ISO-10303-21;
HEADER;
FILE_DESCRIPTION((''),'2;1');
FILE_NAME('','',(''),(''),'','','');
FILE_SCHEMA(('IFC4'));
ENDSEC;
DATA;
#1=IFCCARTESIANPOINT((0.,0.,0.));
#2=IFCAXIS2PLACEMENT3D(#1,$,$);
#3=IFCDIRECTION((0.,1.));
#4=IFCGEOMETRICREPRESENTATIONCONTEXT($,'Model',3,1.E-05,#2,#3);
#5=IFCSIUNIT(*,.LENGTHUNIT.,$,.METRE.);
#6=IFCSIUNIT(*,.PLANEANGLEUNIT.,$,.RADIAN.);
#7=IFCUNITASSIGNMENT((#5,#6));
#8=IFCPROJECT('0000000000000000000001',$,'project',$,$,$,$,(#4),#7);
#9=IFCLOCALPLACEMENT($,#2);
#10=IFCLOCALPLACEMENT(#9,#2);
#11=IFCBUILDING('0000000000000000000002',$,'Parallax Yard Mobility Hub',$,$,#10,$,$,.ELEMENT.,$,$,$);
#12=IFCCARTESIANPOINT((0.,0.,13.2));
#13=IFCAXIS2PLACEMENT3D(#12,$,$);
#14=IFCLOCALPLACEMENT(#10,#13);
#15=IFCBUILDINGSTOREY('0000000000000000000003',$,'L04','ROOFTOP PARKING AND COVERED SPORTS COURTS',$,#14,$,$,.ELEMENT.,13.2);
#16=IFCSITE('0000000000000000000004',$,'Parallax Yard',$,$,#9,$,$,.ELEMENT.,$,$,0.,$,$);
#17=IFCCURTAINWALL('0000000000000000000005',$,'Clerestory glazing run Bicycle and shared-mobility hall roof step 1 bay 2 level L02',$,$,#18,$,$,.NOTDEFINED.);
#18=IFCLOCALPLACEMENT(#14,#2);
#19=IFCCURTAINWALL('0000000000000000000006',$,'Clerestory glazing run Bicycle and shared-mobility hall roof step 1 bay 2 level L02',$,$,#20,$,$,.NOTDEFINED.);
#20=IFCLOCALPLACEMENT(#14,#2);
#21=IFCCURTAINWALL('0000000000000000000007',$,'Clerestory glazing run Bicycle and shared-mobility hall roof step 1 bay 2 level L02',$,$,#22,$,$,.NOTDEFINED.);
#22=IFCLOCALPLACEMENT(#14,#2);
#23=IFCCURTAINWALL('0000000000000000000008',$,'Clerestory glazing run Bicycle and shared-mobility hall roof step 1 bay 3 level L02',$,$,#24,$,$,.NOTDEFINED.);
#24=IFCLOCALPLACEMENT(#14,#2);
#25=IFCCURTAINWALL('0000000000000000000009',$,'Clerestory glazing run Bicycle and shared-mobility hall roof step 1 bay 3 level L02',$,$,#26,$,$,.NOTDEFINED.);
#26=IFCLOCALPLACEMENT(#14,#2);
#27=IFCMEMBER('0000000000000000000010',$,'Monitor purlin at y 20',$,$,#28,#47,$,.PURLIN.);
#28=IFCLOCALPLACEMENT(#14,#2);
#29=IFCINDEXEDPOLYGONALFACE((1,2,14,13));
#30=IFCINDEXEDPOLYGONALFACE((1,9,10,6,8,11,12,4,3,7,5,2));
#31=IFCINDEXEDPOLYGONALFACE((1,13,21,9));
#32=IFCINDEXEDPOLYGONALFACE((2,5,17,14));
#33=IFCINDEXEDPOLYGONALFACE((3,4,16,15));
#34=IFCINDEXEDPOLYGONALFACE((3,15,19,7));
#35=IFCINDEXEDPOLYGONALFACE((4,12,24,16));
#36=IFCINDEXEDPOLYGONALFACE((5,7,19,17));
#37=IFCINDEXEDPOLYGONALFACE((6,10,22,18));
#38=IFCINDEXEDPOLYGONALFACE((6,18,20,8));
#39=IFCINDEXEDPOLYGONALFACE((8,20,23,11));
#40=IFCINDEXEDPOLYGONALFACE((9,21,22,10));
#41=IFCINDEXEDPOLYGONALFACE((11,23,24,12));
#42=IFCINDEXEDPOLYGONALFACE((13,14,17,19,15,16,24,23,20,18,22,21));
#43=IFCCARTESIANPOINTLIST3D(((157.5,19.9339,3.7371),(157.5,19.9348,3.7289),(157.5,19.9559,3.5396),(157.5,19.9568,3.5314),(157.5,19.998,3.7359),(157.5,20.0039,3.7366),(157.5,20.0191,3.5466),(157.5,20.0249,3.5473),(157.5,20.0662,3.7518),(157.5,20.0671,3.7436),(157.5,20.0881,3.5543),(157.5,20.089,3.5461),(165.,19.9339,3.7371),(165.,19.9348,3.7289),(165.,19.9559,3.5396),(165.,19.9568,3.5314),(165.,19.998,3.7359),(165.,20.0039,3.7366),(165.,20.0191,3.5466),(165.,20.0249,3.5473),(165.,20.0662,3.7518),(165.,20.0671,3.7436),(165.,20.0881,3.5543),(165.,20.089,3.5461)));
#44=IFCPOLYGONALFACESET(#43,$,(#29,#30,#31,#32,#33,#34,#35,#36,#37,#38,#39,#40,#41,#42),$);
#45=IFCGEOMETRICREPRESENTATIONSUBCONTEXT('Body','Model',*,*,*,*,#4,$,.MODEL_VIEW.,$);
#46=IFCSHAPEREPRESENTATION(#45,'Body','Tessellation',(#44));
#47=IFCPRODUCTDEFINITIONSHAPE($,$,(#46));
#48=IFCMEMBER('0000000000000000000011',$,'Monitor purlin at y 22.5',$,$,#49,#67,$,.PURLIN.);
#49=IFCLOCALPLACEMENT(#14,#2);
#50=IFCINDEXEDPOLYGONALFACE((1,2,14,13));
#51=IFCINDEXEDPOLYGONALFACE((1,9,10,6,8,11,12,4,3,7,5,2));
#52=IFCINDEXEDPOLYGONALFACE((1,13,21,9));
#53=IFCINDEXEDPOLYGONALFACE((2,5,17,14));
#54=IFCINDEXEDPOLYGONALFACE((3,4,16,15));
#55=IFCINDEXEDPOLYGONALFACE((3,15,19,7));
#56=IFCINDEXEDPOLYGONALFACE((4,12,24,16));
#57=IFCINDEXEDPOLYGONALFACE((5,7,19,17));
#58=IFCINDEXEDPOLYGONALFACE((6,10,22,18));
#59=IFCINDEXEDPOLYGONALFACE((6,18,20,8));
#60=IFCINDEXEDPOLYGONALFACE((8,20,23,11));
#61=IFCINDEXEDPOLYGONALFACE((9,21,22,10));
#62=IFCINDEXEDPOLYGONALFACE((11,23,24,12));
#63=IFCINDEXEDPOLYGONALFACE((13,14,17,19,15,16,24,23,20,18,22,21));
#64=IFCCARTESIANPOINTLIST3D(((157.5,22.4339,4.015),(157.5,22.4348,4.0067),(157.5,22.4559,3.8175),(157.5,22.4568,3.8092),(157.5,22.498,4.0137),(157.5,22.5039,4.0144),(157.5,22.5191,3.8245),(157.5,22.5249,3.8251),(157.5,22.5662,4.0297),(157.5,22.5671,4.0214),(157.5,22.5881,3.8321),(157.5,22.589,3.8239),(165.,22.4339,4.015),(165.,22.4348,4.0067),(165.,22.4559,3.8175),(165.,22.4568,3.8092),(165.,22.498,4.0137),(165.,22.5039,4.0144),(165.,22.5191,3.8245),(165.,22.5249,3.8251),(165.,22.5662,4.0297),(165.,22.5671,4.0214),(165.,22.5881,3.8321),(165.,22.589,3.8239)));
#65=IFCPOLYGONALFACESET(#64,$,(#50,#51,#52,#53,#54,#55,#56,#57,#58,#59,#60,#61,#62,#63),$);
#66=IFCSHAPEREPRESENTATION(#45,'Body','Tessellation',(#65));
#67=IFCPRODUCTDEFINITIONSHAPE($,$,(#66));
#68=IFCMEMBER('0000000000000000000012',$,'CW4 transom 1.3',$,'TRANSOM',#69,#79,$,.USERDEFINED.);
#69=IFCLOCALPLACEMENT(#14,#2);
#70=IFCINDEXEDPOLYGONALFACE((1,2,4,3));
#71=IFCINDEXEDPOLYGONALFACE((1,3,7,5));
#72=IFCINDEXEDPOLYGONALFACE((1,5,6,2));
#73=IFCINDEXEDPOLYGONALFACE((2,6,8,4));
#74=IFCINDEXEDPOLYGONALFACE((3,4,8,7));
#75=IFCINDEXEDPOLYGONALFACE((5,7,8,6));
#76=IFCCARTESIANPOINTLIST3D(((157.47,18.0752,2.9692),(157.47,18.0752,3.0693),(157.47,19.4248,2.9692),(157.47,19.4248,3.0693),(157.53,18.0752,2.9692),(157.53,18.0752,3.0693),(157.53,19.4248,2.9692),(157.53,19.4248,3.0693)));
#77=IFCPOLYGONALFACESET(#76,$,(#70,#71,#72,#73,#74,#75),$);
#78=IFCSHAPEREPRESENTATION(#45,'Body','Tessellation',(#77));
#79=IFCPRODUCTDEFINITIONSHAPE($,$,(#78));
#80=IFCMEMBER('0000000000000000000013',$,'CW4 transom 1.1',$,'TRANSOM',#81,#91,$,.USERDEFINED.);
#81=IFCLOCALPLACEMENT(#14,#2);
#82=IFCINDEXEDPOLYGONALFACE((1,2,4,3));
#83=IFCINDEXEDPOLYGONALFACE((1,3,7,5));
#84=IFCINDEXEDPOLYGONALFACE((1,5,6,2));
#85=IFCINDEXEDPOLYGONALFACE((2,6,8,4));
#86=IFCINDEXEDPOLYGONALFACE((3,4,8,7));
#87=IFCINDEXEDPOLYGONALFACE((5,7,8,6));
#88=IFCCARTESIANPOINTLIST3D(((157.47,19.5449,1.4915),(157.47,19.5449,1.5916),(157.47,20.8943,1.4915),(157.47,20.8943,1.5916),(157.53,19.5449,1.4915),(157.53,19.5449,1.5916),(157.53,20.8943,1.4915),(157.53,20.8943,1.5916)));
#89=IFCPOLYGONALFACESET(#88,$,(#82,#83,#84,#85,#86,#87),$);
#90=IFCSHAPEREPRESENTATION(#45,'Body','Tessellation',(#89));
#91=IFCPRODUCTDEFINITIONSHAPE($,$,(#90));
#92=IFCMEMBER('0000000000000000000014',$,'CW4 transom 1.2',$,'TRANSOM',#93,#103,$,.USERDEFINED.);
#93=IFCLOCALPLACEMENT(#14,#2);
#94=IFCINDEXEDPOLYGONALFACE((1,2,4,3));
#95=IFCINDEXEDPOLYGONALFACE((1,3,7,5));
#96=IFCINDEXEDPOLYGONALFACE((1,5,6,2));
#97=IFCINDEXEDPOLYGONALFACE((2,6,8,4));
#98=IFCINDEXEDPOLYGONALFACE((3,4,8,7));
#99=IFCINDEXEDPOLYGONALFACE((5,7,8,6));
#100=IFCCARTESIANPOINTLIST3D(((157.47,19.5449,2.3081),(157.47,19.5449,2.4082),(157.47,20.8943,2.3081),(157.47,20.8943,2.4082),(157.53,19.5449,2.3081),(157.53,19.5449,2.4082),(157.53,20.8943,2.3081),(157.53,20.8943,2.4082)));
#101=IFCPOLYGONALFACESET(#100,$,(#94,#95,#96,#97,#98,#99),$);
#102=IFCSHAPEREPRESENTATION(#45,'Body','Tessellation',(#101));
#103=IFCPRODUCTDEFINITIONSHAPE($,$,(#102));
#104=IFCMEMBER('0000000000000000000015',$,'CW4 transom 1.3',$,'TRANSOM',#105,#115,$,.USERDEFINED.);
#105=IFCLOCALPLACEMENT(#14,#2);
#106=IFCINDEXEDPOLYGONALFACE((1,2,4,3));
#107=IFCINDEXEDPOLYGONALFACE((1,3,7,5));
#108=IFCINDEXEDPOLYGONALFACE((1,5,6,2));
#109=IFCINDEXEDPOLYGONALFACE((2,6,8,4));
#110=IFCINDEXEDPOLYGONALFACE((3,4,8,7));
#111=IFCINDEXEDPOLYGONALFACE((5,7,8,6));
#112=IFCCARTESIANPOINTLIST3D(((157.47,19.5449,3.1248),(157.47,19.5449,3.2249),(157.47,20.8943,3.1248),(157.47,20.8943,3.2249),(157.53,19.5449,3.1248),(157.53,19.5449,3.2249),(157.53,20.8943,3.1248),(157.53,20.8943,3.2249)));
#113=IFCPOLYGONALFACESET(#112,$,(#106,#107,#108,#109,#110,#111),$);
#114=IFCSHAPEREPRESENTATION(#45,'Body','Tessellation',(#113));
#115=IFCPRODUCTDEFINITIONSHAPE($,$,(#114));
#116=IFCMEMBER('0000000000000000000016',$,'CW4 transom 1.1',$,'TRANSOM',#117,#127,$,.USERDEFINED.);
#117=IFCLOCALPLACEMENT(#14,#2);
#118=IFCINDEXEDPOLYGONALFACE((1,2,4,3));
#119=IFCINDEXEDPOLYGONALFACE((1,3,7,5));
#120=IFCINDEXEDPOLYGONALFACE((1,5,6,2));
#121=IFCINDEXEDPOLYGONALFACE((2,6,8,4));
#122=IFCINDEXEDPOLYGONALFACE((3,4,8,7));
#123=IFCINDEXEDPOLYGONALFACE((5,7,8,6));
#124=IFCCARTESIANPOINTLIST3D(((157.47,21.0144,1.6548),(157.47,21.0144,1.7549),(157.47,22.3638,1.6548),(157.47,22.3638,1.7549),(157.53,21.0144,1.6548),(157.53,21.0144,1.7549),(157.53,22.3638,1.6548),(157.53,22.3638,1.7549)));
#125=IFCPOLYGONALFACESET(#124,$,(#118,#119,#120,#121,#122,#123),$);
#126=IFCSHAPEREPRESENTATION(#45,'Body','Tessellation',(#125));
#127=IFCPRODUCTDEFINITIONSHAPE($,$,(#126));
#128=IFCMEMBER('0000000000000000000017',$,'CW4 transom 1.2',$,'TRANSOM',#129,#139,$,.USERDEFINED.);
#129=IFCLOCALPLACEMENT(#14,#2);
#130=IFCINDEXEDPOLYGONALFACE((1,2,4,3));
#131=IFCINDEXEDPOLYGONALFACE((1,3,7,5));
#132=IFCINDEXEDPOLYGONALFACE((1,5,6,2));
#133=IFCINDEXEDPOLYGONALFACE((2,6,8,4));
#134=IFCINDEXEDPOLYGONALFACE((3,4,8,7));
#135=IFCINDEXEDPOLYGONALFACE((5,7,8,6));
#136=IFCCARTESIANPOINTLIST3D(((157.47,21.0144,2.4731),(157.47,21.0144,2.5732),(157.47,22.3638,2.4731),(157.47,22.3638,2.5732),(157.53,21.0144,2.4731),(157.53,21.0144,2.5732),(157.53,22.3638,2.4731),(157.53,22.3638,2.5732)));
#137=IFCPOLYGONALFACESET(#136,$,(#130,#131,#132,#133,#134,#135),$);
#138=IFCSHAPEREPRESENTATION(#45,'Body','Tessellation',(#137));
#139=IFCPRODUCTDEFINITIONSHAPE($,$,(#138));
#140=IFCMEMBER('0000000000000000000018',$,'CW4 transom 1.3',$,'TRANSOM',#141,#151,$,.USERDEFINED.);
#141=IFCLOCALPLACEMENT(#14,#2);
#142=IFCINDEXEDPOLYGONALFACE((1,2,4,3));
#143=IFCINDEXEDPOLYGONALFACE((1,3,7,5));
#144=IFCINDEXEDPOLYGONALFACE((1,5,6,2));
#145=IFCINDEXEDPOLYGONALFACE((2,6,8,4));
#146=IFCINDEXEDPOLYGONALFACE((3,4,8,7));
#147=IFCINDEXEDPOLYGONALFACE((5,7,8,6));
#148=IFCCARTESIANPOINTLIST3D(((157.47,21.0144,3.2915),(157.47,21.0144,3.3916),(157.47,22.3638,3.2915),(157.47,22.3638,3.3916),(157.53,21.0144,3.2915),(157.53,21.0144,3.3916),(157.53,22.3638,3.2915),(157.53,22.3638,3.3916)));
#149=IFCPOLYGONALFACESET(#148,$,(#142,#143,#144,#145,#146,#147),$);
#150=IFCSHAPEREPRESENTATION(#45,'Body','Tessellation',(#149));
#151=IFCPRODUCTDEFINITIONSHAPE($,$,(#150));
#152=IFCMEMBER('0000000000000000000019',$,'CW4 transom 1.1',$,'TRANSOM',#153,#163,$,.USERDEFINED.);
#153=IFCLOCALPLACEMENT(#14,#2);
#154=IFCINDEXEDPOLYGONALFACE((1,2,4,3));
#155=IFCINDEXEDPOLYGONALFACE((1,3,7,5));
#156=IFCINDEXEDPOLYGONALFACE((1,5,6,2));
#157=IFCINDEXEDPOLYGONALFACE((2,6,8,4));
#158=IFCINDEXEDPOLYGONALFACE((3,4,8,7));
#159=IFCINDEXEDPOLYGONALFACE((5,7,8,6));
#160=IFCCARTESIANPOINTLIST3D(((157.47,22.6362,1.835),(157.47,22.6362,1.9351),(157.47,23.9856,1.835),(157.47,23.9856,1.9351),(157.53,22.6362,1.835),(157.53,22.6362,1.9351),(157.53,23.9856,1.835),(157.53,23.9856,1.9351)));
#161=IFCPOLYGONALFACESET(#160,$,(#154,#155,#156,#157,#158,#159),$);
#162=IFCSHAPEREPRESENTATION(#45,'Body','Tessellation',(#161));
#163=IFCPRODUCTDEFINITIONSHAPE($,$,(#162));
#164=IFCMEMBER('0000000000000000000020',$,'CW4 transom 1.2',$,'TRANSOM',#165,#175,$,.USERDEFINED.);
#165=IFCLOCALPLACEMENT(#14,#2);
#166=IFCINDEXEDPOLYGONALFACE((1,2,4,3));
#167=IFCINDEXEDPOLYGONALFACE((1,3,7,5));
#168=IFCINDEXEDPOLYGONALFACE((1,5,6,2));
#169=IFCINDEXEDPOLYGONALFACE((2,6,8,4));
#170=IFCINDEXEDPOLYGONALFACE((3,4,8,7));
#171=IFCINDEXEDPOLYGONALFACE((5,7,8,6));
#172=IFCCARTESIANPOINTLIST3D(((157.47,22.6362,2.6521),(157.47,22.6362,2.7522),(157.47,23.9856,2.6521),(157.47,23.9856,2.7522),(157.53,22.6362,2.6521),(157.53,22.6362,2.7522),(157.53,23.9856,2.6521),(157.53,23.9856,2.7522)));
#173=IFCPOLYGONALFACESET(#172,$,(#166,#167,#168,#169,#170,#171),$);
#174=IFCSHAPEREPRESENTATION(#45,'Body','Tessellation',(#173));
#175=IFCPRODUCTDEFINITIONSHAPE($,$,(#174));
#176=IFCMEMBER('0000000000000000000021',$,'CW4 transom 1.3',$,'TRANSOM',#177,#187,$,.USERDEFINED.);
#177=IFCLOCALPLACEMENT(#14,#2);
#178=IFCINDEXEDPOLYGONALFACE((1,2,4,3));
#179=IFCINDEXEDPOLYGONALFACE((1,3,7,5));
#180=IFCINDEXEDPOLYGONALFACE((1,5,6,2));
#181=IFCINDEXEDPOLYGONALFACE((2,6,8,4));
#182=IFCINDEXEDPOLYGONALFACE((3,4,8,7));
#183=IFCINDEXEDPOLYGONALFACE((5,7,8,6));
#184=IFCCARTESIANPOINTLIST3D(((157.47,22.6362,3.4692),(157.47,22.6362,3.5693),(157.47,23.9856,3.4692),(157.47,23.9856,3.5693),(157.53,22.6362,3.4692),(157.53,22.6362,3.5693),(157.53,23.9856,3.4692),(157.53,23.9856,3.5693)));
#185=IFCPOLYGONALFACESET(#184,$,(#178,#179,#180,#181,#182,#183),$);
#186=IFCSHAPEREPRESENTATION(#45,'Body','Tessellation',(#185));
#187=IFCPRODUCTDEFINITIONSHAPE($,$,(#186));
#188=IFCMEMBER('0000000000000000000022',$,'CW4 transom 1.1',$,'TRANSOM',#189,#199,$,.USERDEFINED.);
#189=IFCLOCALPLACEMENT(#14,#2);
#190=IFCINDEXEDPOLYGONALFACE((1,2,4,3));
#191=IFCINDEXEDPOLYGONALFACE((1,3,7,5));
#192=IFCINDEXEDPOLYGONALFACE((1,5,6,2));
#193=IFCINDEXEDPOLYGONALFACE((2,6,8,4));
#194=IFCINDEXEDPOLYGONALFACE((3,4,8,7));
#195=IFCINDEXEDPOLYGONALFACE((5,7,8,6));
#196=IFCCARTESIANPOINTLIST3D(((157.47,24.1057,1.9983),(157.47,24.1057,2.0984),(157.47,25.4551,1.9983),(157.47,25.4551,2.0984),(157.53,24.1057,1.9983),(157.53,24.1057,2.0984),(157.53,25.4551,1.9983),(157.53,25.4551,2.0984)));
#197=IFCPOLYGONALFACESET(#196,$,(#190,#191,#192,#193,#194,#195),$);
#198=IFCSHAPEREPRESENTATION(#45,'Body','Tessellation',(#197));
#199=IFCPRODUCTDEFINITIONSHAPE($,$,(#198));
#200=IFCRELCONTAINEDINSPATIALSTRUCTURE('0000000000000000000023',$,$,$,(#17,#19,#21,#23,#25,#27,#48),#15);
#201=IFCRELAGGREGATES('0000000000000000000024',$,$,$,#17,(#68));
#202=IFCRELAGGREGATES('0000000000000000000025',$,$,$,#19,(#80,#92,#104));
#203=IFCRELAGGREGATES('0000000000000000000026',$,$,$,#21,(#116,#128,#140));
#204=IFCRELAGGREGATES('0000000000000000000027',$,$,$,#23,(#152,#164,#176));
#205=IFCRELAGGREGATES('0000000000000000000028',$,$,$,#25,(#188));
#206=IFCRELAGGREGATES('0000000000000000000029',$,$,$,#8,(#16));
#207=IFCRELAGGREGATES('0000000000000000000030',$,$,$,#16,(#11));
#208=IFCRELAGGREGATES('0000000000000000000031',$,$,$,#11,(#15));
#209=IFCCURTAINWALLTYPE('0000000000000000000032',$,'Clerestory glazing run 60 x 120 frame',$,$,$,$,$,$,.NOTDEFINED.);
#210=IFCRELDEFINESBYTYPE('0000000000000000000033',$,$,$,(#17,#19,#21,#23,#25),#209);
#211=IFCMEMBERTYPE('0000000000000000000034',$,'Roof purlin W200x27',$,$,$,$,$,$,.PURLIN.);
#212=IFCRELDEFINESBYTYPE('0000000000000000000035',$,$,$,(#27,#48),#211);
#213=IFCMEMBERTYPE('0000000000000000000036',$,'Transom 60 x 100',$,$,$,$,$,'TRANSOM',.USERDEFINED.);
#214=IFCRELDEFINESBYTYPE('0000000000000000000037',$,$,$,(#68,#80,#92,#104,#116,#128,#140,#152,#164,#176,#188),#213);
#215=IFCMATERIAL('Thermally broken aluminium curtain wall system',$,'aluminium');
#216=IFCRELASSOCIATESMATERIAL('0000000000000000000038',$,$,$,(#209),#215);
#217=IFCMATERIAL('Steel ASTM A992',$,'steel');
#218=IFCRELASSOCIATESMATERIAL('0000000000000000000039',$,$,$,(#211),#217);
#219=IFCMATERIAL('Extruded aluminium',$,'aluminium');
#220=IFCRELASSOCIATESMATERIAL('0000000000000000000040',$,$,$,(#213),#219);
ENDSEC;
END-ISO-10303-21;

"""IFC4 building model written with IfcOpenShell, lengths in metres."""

from ifc_helpers import new_model, si_unit, direction, frame, origin, origin_2d, place, context, subcontext, project, spatial, rectangle, i_section, extrude, material, material_profile, profile_set, type_object, element, aggregate, save


model = new_model("IFC4")

# Units and contexts
model_context = context("Model", 3, precision=1e-05, world=origin(), true_north=direction((0.0, 1.0)))
body_context = subcontext(model_context, "Body", "Model", "MODEL_VIEW")
ifc_project = project(units=[si_unit("LENGTHUNIT", "METRE"), si_unit("PLANEANGLEUNIT", "RADIAN")], contexts=[model_context])

# Site, building, storey
site_placement = place(None, origin())
site = spatial("IfcSite", under=ifc_project, at=site_placement, Name="Parallax Yard", CompositionType="ELEMENT", RefElevation=0.0)
building_placement = place(site_placement, origin())
building = spatial("IfcBuilding", under=site, at=building_placement, Name="Parallax Yard Mobility Hub", CompositionType="ELEMENT")
storey_placement = place(building_placement, frame((0.0, 0.0, 13.2)))
storey = spatial("IfcBuildingStorey", under=building, at=storey_placement, Name="L04", Description="ROOFTOP PARKING AND COVERED SPORTS COURTS", CompositionType="ELEMENT", Elevation=13.2)

# Shared definitions
ifc_material_1 = material(Name="Steel ASTM A992", Category="steel")

# Curtain wall
ifc_material_2 = material(Name="Thermally broken aluminium curtain wall system", Category="aluminium")
curtain_wall_type = type_object("IfcCurtainWallType", Name="Clerestory glazing run 60 x 120 frame", PredefinedType="NOTDEFINED", material=ifc_material_2)
curtain_wall_1_placement = place(storey_placement, origin())
curtain_wall_1 = element("IfcCurtainWall", 1, at=curtain_wall_1_placement, inside=storey, type_object=curtain_wall_type, Name="Clerestory glazing run Bicycle and shared-mobility hall roof step 1 bay 2 level L02", PredefinedType="NOTDEFINED")
ifc_material_3 = material(Name="Extruded aluminium", Category="aluminium")

# Curtain wall
curtain_wall_2_placement = place(storey_placement, origin())
curtain_wall_2 = element("IfcCurtainWall", 2, at=curtain_wall_2_placement, inside=storey, type_object=curtain_wall_type, Name="Clerestory glazing run Bicycle and shared-mobility hall roof step 1 bay 2 level L02", PredefinedType="NOTDEFINED")

# Curtain walls
curtain_wall_3_placement = place(storey_placement, origin())
curtain_wall_3 = element("IfcCurtainWall", 3, at=curtain_wall_3_placement, inside=storey, type_object=curtain_wall_type, Name="Clerestory glazing run Bicycle and shared-mobility hall roof step 1 bay 2 level L02", PredefinedType="NOTDEFINED")
curtain_wall_4_placement = place(storey_placement, origin())
curtain_wall_4 = element("IfcCurtainWall", 4, at=curtain_wall_4_placement, inside=storey, type_object=curtain_wall_type, Name="Clerestory glazing run Bicycle and shared-mobility hall roof step 1 bay 3 level L02", PredefinedType="NOTDEFINED")
curtain_wall_5_placement = place(storey_placement, origin())
curtain_wall_5 = element("IfcCurtainWall", 5, at=curtain_wall_5_placement, inside=storey, type_object=curtain_wall_type, Name="Clerestory glazing run Bicycle and shared-mobility hall roof step 1 bay 3 level L02", PredefinedType="NOTDEFINED")

# Members
ifc_material_profile_1 = material_profile(ifc_material_1, i_section(OverallWidth=0.1331, OverallDepth=0.207, WebThickness=0.0059, FlangeThickness=0.0083, at=origin_2d()), Name="W200x27")
ifc_profile_set_1 = profile_set([ifc_material_profile_1], Name="Steel ASTM A992")
member_type_1 = type_object("IfcMemberType", Name="Roof purlin W200x27", PredefinedType="PURLIN", material=ifc_profile_set_1)
for number, where, z_axis, x_axis, name in (
    (6, (157.5, 20.0115, 3.6416), (1.0, 0.0, 0.0), (0.0, 0.993884, 0.110432), "Monitor purlin at y 20"),
    (7, (157.5, 22.5115, 3.9194), (1.0, 0.0, 0.0), (0.0, 0.993884, 0.110432), "Monitor purlin at y 22.5"),
):
    element("IfcMember", number, at=place(storey_placement, frame(where, z_axis=z_axis, x_axis=x_axis)), inside=storey, type_object=member_type_1, Name=name, PredefinedType="PURLIN", context=body_context, shape_type="SweptSolid", body=[
        extrude(i_section(OverallWidth=0.1331, OverallDepth=0.207, WebThickness=0.0059, FlangeThickness=0.0083, at=origin_2d()), origin(), (0.0, 0.0, 1.0), 7.5),
    ])

# Members
ifc_material_profile_2 = material_profile(ifc_material_3, rectangle(XDim=0.0601, YDim=0.1001, at=origin_2d()), Name="Transom 60 x 100")
ifc_profile_set_2 = profile_set([ifc_material_profile_2], Name="Extruded aluminium")
member_type_2 = type_object("IfcMemberType", Name="Transom 60 x 100", ElementType="TRANSOM", PredefinedType="USERDEFINED", material=ifc_profile_set_2)
member_1_placement = place(storey_placement, frame((157.5, 18.0752, 3.0193), z_axis=(0.0, 1.0, 0.0), x_axis=(-1.0, 0.0, 0.0)))
member_1 = element("IfcMember", 8, at=member_1_placement, type_object=member_type_2, Name="CW4 transom 1.3", ObjectType="TRANSOM", PredefinedType="USERDEFINED", context=body_context, shape_type="SweptSolid", body=[
    extrude(rectangle(XDim=0.0601, YDim=0.1001, at=origin_2d()), origin(), (0.0, 0.0, 1.0), 1.3496),
])
member_2_placement = place(storey_placement, frame((157.5, 19.5449, 1.5415), z_axis=(0.0, 1.0, 0.0), x_axis=(-1.0, 0.0, 0.0)))
member_2 = element("IfcMember", 9, at=member_2_placement, type_object=member_type_2, Name="CW4 transom 1.1", ObjectType="TRANSOM", PredefinedType="USERDEFINED", context=body_context, shape_type="SweptSolid", body=[
    extrude(rectangle(XDim=0.0601, YDim=0.1001, at=origin_2d()), origin(), (0.0, 0.0, 1.0), 1.3494),
])
member_3_placement = place(storey_placement, frame((157.5, 19.5449, 2.3582), z_axis=(0.0, 1.0, 0.0), x_axis=(-1.0, 0.0, 0.0)))
member_3 = element("IfcMember", 10, at=member_3_placement, type_object=member_type_2, Name="CW4 transom 1.2", ObjectType="TRANSOM", PredefinedType="USERDEFINED", context=body_context, shape_type="SweptSolid", body=[
    extrude(rectangle(XDim=0.0601, YDim=0.1001, at=origin_2d()), origin(), (0.0, 0.0, 1.0), 1.3494),
])
member_4_placement = place(storey_placement, frame((157.5, 19.5449, 3.1748), z_axis=(0.0, 1.0, 0.0), x_axis=(-1.0, 0.0, 0.0)))
member_4 = element("IfcMember", 11, at=member_4_placement, type_object=member_type_2, Name="CW4 transom 1.3", ObjectType="TRANSOM", PredefinedType="USERDEFINED", context=body_context, shape_type="SweptSolid", body=[
    extrude(rectangle(XDim=0.0601, YDim=0.1001, at=origin_2d()), origin(), (0.0, 0.0, 1.0), 1.3494),
])
member_5_placement = place(storey_placement, frame((157.5, 21.0144, 1.7048), z_axis=(0.0, 1.0, 0.0), x_axis=(-1.0, 0.0, 0.0)))
member_5 = element("IfcMember", 12, at=member_5_placement, type_object=member_type_2, Name="CW4 transom 1.1", ObjectType="TRANSOM", PredefinedType="USERDEFINED", context=body_context, shape_type="SweptSolid", body=[
    extrude(rectangle(XDim=0.0601, YDim=0.1001, at=origin_2d()), origin(), (0.0, 0.0, 1.0), 1.3494),
])
member_6_placement = place(storey_placement, frame((157.5, 21.0144, 2.5232), z_axis=(0.0, 1.0, 0.0), x_axis=(-1.0, 0.0, 0.0)))
member_6 = element("IfcMember", 13, at=member_6_placement, type_object=member_type_2, Name="CW4 transom 1.2", ObjectType="TRANSOM", PredefinedType="USERDEFINED", context=body_context, shape_type="SweptSolid", body=[
    extrude(rectangle(XDim=0.0601, YDim=0.1001, at=origin_2d()), origin(), (0.0, 0.0, 1.0), 1.3494),
])
member_7_placement = place(storey_placement, frame((157.5, 21.0144, 3.3416), z_axis=(0.0, 1.0, 0.0), x_axis=(-1.0, 0.0, 0.0)))
member_7 = element("IfcMember", 14, at=member_7_placement, type_object=member_type_2, Name="CW4 transom 1.3", ObjectType="TRANSOM", PredefinedType="USERDEFINED", context=body_context, shape_type="SweptSolid", body=[
    extrude(rectangle(XDim=0.0601, YDim=0.1001, at=origin_2d()), origin(), (0.0, 0.0, 1.0), 1.3494),
])
member_8_placement = place(storey_placement, frame((157.5, 22.6362, 1.885), z_axis=(0.0, 1.0, 0.0), x_axis=(-1.0, 0.0, 0.0)))
member_8 = element("IfcMember", 15, at=member_8_placement, type_object=member_type_2, Name="CW4 transom 1.1", ObjectType="TRANSOM", PredefinedType="USERDEFINED", context=body_context, shape_type="SweptSolid", body=[
    extrude(rectangle(XDim=0.0601, YDim=0.1001, at=origin_2d()), origin(), (0.0, 0.0, 1.0), 1.3494),
])
member_9_placement = place(storey_placement, frame((157.5, 22.6362, 2.7021), z_axis=(0.0, 1.0, 0.0), x_axis=(-1.0, 0.0, 0.0)))
member_9 = element("IfcMember", 16, at=member_9_placement, type_object=member_type_2, Name="CW4 transom 1.2", ObjectType="TRANSOM", PredefinedType="USERDEFINED", context=body_context, shape_type="SweptSolid", body=[
    extrude(rectangle(XDim=0.0601, YDim=0.1001, at=origin_2d()), origin(), (0.0, 0.0, 1.0), 1.3494),
])
member_10_placement = place(storey_placement, frame((157.5, 22.6362, 3.5193), z_axis=(0.0, 1.0, 0.0), x_axis=(-1.0, 0.0, 0.0)))
member_10 = element("IfcMember", 17, at=member_10_placement, type_object=member_type_2, Name="CW4 transom 1.3", ObjectType="TRANSOM", PredefinedType="USERDEFINED", context=body_context, shape_type="SweptSolid", body=[
    extrude(rectangle(XDim=0.0601, YDim=0.1001, at=origin_2d()), origin(), (0.0, 0.0, 1.0), 1.3494),
])
member_11_placement = place(storey_placement, frame((157.5, 24.1057, 2.0483), z_axis=(0.0, 1.0, 0.0), x_axis=(-1.0, 0.0, 0.0)))
member_11 = element("IfcMember", 18, at=member_11_placement, type_object=member_type_2, Name="CW4 transom 1.1", ObjectType="TRANSOM", PredefinedType="USERDEFINED", context=body_context, shape_type="SweptSolid", body=[
    extrude(rectangle(XDim=0.0601, YDim=0.1001, at=origin_2d()), origin(), (0.0, 0.0, 1.0), 1.3494),
])

aggregate(curtain_wall_1, [member_1])
aggregate(curtain_wall_2, [member_2, member_3, member_4])
aggregate(curtain_wall_3, [member_5, member_6, member_7])
aggregate(curtain_wall_4, [member_8, member_9, member_10])
aggregate(curtain_wall_5, [member_11])

save(model, "model.ifc")
